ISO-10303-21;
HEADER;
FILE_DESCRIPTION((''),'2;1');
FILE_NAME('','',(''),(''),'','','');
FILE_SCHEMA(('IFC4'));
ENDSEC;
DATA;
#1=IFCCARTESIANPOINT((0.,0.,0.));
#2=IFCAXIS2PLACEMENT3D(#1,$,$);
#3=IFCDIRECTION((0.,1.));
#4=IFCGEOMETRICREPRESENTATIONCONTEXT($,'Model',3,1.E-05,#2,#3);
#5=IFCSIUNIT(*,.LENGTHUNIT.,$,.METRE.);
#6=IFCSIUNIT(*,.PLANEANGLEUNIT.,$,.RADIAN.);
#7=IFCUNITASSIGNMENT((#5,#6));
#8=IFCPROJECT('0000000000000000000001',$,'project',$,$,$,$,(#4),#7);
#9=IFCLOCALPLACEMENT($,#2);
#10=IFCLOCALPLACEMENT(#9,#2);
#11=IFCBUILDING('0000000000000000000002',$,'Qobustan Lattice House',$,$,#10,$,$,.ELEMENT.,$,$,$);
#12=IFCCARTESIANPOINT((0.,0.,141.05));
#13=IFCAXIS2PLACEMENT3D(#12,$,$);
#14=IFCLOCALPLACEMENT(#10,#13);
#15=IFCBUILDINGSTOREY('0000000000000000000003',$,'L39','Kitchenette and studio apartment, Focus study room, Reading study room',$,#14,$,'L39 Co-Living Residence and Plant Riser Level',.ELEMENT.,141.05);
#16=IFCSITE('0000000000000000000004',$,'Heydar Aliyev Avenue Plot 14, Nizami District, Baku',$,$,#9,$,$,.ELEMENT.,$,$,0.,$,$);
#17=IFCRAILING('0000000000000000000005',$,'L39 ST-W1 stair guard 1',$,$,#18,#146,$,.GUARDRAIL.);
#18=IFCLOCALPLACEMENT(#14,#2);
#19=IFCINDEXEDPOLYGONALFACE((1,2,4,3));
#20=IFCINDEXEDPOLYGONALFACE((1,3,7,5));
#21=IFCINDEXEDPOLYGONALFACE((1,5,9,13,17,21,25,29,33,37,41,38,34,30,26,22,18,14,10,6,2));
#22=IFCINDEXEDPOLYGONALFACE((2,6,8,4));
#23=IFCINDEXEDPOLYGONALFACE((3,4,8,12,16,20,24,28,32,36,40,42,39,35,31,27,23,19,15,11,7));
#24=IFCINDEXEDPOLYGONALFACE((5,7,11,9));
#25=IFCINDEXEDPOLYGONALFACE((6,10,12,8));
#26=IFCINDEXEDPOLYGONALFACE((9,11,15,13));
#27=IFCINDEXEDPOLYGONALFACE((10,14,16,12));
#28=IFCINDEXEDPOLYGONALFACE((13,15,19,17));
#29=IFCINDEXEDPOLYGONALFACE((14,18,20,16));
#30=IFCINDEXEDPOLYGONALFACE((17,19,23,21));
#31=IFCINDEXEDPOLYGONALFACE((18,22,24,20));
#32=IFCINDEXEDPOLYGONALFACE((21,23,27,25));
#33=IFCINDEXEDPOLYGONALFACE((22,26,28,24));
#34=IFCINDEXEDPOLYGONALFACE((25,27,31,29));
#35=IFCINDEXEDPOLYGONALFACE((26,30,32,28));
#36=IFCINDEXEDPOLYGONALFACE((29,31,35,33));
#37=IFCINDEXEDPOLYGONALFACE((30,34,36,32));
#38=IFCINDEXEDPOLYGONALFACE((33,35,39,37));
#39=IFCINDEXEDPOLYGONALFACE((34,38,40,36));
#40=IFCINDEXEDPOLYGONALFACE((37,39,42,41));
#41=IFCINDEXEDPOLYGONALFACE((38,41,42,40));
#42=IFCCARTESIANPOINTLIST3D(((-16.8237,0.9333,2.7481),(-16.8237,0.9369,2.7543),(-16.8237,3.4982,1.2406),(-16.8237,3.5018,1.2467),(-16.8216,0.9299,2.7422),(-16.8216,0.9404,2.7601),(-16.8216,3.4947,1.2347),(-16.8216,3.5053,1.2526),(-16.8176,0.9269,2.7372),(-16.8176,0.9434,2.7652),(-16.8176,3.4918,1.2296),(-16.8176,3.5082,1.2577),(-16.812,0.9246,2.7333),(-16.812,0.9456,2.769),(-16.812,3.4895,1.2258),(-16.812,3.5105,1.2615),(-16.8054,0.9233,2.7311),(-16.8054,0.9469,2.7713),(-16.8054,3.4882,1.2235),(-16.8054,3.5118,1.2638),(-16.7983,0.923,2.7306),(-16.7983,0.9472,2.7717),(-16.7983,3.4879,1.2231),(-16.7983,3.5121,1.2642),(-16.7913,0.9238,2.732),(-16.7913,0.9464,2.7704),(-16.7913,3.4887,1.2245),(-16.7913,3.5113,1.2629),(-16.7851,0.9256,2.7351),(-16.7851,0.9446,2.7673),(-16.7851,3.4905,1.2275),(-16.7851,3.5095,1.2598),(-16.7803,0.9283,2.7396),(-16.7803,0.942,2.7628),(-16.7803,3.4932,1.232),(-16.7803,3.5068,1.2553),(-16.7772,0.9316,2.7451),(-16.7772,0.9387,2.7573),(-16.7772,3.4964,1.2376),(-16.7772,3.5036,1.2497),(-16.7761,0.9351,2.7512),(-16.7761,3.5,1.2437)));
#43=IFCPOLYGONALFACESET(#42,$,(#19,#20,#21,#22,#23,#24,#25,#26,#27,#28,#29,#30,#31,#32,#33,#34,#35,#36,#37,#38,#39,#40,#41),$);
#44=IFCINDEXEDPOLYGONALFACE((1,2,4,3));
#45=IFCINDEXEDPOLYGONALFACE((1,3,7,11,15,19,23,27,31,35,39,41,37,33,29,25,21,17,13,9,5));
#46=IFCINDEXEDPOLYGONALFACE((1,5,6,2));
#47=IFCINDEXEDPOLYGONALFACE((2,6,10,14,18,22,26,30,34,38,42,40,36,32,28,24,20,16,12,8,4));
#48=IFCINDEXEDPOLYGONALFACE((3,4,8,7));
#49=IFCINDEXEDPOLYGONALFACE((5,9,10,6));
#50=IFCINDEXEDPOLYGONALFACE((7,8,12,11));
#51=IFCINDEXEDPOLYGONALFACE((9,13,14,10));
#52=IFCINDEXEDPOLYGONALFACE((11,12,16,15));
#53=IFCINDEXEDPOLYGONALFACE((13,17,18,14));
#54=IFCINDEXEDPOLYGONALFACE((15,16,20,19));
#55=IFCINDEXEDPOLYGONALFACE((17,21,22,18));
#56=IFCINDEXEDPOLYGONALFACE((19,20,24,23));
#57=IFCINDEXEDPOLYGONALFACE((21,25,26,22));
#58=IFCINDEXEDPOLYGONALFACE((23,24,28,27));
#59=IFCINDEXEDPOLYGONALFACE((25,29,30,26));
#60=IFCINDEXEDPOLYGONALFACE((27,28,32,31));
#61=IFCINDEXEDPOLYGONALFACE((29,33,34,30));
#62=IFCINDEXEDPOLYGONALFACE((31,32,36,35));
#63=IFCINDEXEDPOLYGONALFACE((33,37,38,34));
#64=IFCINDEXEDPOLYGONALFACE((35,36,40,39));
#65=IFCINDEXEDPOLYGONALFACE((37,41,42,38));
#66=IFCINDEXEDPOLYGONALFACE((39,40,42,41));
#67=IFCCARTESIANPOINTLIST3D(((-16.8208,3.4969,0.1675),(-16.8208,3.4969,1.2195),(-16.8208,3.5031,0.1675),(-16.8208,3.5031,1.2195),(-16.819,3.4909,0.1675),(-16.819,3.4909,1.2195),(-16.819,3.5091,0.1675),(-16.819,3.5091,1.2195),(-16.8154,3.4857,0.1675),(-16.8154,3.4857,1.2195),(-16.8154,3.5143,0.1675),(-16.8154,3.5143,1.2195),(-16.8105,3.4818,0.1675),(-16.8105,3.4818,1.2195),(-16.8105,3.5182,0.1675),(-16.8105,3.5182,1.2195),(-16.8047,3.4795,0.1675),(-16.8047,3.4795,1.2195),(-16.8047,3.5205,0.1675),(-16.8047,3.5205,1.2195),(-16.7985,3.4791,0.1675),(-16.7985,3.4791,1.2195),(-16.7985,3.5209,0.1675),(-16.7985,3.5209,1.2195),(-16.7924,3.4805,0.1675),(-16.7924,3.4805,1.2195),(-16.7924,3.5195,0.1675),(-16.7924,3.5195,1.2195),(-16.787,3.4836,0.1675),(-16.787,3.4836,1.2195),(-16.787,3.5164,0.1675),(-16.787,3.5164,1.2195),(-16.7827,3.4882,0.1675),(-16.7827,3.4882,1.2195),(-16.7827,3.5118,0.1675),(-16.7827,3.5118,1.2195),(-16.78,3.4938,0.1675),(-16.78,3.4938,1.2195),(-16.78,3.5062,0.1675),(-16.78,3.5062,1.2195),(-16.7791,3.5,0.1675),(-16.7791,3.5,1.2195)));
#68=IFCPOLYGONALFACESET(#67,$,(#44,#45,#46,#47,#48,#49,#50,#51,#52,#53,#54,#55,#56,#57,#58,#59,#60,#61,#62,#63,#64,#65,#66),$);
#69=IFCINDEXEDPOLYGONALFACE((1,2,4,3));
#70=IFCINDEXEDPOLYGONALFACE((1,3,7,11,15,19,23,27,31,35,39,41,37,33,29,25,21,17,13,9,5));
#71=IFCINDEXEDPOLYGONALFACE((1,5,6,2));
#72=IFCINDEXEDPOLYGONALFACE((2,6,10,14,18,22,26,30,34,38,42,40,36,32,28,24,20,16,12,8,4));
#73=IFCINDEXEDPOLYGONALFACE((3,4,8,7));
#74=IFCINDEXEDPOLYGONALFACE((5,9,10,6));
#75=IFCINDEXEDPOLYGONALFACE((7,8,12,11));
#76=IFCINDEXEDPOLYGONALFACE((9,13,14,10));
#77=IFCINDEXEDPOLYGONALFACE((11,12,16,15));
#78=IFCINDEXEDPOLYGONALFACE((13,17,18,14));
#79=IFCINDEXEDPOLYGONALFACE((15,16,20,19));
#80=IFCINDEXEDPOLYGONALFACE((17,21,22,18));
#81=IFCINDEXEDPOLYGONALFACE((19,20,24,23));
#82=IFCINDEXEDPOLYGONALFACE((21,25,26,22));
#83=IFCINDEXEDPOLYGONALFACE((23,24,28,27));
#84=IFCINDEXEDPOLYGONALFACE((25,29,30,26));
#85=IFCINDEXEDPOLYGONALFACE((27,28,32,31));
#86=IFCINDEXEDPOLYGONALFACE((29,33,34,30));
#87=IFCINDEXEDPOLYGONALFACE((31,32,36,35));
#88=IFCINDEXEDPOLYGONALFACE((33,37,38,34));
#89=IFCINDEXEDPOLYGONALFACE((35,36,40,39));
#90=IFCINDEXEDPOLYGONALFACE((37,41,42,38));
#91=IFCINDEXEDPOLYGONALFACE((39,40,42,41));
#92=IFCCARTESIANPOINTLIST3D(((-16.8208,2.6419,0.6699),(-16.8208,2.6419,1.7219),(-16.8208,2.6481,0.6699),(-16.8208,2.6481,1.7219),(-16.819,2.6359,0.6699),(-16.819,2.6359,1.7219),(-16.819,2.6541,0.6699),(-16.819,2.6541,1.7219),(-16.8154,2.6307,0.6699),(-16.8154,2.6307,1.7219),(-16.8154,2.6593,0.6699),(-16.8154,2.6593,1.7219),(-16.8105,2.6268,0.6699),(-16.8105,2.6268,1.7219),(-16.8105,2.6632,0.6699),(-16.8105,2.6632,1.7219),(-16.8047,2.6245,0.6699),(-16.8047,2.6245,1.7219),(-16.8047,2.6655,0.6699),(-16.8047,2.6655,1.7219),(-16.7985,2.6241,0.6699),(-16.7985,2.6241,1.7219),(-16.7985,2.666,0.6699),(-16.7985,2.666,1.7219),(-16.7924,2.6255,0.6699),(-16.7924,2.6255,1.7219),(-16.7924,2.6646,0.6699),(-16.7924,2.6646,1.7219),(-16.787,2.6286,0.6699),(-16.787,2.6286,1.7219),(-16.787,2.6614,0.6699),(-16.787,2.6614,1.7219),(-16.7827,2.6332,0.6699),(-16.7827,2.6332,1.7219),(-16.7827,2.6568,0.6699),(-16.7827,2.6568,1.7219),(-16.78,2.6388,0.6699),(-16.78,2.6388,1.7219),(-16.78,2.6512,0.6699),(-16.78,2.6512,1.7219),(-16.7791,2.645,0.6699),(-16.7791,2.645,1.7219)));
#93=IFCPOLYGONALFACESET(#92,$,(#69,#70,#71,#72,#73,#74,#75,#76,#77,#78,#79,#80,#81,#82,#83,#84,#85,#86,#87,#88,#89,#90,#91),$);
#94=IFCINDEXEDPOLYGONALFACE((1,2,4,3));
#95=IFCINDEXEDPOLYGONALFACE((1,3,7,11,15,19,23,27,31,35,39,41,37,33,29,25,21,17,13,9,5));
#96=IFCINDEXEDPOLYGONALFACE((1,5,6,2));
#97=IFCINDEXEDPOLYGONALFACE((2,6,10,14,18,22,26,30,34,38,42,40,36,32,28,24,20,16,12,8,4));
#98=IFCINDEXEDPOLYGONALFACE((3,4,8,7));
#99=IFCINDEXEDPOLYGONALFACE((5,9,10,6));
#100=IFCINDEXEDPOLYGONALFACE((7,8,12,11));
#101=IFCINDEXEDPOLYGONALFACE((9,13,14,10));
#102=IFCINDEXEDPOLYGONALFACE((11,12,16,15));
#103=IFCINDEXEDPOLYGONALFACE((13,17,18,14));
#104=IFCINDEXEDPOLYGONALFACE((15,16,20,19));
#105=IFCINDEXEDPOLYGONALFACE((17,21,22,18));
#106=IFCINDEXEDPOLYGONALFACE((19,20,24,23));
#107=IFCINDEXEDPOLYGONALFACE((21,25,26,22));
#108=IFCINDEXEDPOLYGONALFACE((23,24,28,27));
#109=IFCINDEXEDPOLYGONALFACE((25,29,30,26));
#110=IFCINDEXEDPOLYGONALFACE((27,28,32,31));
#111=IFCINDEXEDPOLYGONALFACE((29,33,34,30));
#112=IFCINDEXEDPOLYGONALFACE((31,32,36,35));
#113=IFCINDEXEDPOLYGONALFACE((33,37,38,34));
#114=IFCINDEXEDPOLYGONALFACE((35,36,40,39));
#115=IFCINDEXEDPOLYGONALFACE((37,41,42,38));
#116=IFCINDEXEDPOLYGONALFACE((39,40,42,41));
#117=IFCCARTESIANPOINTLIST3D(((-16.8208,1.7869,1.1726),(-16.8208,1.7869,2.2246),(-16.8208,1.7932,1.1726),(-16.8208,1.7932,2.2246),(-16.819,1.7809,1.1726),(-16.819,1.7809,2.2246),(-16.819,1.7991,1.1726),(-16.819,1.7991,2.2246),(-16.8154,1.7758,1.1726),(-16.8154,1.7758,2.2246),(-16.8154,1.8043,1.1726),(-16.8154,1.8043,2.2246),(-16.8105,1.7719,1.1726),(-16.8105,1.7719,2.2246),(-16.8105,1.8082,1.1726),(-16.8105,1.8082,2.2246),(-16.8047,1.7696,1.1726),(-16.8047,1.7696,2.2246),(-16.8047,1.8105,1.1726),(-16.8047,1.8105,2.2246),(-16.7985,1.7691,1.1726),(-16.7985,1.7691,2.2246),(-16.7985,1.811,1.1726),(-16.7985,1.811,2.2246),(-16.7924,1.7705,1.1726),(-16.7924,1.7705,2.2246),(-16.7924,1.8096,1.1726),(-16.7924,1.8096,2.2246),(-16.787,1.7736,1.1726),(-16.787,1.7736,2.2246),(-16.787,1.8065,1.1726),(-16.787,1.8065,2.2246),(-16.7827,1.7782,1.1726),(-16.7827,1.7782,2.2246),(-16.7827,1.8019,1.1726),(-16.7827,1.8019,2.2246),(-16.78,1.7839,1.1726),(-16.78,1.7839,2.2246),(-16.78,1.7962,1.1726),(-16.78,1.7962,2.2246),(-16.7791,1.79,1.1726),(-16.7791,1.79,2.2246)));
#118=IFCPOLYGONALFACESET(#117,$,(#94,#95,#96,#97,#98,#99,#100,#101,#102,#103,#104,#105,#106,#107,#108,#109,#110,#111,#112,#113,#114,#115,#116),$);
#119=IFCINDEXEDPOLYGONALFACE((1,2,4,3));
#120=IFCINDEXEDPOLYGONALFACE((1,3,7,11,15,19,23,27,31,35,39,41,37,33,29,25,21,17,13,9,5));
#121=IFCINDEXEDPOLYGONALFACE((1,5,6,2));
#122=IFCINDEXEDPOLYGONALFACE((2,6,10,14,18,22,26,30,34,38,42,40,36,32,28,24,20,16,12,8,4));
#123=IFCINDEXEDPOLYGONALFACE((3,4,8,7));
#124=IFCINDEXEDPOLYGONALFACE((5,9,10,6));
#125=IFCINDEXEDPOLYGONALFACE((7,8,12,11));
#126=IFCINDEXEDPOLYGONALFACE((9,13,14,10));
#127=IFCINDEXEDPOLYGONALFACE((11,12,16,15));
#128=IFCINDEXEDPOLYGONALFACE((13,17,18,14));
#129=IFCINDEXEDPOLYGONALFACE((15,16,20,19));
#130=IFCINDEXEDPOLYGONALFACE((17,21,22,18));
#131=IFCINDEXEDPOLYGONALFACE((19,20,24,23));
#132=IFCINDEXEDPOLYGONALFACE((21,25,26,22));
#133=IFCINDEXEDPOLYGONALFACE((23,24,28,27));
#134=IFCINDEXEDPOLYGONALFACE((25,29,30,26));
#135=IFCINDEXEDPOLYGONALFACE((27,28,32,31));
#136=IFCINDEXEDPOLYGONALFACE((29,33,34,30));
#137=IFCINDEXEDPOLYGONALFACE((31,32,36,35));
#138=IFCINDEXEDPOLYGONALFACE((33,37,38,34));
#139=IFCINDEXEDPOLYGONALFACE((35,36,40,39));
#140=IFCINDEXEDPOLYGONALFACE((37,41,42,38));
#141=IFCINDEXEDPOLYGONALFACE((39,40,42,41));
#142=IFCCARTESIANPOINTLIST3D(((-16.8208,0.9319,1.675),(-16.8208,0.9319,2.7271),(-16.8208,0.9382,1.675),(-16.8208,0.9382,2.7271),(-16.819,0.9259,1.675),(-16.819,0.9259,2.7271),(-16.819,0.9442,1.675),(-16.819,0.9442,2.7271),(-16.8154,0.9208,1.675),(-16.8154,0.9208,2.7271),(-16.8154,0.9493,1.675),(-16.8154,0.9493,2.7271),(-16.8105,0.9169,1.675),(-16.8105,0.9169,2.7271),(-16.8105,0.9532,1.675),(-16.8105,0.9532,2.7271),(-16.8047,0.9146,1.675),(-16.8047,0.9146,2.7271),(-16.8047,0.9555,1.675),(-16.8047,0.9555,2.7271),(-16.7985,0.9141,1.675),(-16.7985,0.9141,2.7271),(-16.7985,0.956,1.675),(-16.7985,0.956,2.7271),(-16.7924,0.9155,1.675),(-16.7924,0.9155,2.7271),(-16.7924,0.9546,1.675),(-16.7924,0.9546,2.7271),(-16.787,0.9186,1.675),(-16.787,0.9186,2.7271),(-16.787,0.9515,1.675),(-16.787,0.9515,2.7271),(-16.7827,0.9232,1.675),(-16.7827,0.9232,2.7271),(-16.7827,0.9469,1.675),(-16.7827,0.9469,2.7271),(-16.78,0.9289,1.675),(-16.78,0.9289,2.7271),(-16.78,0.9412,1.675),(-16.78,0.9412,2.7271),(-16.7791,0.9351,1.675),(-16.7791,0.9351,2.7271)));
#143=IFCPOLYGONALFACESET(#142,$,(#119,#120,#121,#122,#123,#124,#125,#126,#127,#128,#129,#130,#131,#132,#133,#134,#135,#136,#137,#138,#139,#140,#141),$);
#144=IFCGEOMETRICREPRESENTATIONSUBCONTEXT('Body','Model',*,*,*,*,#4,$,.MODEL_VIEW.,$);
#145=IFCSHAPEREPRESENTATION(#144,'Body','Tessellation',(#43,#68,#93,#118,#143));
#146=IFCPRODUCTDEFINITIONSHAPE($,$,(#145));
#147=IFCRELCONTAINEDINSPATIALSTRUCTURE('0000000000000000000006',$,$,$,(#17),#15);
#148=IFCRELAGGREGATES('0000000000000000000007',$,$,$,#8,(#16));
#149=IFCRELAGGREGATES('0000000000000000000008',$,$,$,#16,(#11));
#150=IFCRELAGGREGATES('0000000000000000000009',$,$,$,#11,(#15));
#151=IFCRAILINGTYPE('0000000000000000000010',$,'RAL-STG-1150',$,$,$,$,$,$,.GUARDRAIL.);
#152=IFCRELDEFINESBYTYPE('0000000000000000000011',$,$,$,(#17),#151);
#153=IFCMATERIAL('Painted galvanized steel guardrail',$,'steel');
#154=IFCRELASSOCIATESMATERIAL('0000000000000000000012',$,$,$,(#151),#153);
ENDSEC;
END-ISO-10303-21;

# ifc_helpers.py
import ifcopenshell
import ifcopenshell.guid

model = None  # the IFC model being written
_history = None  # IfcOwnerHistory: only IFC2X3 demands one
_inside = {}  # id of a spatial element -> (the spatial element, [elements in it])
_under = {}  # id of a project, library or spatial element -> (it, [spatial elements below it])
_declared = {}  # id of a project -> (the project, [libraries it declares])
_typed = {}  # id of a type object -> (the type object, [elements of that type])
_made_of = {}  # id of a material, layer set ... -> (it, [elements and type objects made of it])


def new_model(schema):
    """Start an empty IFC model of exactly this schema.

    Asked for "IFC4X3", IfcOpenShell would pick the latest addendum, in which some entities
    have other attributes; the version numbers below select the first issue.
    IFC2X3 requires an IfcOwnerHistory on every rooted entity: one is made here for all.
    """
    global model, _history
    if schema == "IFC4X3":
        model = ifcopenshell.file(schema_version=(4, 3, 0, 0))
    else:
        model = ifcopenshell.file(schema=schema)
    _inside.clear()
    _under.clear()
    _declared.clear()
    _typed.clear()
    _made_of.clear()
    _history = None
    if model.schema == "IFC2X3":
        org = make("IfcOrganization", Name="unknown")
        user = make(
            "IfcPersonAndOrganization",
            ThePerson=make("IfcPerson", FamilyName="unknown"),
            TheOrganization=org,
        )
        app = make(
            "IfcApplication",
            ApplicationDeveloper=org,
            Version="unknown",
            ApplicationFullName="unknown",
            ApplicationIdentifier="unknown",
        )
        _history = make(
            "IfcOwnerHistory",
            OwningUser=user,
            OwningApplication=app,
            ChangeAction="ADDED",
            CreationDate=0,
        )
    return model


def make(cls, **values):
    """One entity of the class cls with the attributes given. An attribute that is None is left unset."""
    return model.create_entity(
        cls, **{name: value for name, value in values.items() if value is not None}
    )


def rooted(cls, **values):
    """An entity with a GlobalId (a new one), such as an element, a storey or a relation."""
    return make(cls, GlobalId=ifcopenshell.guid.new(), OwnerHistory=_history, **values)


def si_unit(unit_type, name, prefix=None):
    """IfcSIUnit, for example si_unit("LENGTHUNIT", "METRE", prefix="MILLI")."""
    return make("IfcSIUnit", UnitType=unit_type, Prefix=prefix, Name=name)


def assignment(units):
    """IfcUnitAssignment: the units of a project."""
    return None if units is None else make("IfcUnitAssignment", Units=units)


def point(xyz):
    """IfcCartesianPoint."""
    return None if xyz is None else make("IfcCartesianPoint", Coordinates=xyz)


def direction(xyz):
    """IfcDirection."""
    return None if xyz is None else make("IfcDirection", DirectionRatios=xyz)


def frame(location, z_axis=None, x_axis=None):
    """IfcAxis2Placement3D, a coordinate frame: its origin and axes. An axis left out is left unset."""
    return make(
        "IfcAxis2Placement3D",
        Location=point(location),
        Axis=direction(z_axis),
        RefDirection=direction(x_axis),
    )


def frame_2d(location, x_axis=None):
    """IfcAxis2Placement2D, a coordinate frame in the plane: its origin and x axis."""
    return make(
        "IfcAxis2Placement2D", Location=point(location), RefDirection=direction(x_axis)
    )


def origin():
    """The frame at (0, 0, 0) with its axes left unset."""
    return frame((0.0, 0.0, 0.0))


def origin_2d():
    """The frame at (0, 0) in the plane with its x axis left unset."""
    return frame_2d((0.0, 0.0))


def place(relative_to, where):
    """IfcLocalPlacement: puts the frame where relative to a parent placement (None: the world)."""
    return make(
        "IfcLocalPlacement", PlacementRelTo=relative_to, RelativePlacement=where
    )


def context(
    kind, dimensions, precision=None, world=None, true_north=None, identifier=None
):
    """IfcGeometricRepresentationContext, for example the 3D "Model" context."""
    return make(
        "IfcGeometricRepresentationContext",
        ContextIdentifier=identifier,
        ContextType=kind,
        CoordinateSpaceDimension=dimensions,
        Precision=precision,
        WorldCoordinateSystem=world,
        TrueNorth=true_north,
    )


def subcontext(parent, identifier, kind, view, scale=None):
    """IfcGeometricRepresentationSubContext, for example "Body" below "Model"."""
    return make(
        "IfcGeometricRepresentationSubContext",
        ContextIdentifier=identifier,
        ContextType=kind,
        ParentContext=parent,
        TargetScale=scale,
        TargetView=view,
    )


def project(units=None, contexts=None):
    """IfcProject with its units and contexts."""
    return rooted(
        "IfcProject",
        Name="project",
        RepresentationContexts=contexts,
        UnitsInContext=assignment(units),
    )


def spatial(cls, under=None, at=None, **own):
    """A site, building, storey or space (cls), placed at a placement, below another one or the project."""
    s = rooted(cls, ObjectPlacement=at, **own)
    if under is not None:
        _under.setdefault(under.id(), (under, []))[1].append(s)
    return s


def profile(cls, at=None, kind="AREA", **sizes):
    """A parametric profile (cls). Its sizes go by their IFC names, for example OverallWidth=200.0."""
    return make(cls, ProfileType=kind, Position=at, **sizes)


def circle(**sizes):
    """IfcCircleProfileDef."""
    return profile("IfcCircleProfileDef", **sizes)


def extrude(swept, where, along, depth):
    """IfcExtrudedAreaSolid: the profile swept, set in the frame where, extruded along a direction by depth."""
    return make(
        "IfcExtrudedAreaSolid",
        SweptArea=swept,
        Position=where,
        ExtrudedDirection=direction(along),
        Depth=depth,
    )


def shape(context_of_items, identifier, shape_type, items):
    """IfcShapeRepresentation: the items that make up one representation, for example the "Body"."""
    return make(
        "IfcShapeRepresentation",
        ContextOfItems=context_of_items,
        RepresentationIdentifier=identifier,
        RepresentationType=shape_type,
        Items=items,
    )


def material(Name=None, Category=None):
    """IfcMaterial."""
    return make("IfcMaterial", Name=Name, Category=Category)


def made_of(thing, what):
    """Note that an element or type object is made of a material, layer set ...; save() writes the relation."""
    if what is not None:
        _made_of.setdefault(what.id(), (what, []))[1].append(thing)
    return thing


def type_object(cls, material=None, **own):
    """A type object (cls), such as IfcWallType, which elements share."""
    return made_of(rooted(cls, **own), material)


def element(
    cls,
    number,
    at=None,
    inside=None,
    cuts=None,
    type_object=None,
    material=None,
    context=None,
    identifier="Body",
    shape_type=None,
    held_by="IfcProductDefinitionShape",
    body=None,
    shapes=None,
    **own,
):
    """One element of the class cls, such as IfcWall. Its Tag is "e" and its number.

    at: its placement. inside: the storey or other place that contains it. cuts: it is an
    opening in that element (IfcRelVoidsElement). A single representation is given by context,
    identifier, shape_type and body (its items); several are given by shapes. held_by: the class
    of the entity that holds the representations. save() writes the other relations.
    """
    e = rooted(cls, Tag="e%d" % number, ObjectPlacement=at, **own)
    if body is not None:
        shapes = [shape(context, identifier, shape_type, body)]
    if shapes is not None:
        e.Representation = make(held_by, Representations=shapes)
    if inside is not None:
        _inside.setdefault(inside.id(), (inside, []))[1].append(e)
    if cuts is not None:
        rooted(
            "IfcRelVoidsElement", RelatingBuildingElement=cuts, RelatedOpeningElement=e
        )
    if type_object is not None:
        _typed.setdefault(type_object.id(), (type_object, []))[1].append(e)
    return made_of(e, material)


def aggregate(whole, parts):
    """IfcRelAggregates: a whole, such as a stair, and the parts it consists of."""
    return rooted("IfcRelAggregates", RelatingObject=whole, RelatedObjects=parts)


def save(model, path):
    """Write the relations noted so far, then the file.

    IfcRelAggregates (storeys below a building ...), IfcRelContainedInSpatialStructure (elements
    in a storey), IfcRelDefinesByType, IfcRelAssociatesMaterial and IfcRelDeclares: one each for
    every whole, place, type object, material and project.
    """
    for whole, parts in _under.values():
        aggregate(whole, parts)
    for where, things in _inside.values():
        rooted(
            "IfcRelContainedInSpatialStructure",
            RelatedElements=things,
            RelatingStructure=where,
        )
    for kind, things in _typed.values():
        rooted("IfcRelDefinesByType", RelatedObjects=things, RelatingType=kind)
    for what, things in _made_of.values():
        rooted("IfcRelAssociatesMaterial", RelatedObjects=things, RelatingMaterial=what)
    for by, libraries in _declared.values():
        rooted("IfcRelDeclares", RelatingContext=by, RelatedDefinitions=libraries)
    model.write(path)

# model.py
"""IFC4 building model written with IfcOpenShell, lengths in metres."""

from ifc_helpers import new_model, si_unit, direction, frame, origin, origin_2d, place, context, subcontext, project, spatial, circle, extrude, material, type_object, element, save


model = new_model("IFC4")

# Units and contexts
model_context = context("Model", 3, precision=1e-05, world=origin(), true_north=direction((0.0, 1.0)))
body_context = subcontext(model_context, "Body", "Model", "MODEL_VIEW")
ifc_project = project(units=[si_unit("LENGTHUNIT", "METRE"), si_unit("PLANEANGLEUNIT", "RADIAN")], contexts=[model_context])

# Site, building, storey
site_placement = place(None, origin())
site = spatial("IfcSite", under=ifc_project, at=site_placement, Name="Heydar Aliyev Avenue Plot 14, Nizami District, Baku", CompositionType="ELEMENT", RefElevation=0.0)
building_placement = place(site_placement, origin())
building = spatial("IfcBuilding", under=site, at=building_placement, Name="Qobustan Lattice House", CompositionType="ELEMENT")
storey_placement = place(building_placement, frame((0.0, 0.0, 141.05)))
storey = spatial("IfcBuildingStorey", under=building, at=storey_placement, Name="L39", Description="Kitchenette and studio apartment, Focus study room, Reading study room", LongName="L39 Co-Living Residence and Plant Riser Level", CompositionType="ELEMENT", Elevation=141.05)

# Railing
ifc_material_1 = material(Name="Painted galvanized steel guardrail", Category="steel")
railing_type_1 = type_object("IfcRailingType", Name="RAL-STG-1150", PredefinedType="GUARDRAIL", material=ifc_material_1)
railing_1_placement = place(storey_placement, frame((-16.8, 3.5, 0.1675)))
element("IfcRailing", 1, at=railing_1_placement, inside=storey, type_object=railing_type_1, Name="L39 ST-W1 stair guard 1", PredefinedType="GUARDRAIL", context=body_context, shape_type="SweptSolid", body=[
    extrude(circle(Radius=0.0239, at=origin_2d()), frame((0.0, 0.0, 1.0762), z_axis=(0.0, -0.862113, 0.506715), x_axis=(1.0, 0.0, 0.0)), (0.0, 0.0, 1.0), 2.9751),
    extrude(circle(Radius=0.021, at=origin_2d()), origin(), (0.0, 0.0, 1.0), 1.052),
    extrude(circle(Radius=0.021, at=origin_2d()), frame((0.0, -0.855, 0.5024)), (0.0, 0.0, 1.0), 1.052),
    extrude(circle(Radius=0.021, at=origin_2d()), frame((0.0, -1.71, 1.0051)), (0.0, 0.0, 1.0), 1.052),
    extrude(circle(Radius=0.021, at=origin_2d()), frame((0.0, -2.5649, 1.5076)), (0.0, 0.0, 1.0), 1.052),
])

save(model, "model.ifc")
